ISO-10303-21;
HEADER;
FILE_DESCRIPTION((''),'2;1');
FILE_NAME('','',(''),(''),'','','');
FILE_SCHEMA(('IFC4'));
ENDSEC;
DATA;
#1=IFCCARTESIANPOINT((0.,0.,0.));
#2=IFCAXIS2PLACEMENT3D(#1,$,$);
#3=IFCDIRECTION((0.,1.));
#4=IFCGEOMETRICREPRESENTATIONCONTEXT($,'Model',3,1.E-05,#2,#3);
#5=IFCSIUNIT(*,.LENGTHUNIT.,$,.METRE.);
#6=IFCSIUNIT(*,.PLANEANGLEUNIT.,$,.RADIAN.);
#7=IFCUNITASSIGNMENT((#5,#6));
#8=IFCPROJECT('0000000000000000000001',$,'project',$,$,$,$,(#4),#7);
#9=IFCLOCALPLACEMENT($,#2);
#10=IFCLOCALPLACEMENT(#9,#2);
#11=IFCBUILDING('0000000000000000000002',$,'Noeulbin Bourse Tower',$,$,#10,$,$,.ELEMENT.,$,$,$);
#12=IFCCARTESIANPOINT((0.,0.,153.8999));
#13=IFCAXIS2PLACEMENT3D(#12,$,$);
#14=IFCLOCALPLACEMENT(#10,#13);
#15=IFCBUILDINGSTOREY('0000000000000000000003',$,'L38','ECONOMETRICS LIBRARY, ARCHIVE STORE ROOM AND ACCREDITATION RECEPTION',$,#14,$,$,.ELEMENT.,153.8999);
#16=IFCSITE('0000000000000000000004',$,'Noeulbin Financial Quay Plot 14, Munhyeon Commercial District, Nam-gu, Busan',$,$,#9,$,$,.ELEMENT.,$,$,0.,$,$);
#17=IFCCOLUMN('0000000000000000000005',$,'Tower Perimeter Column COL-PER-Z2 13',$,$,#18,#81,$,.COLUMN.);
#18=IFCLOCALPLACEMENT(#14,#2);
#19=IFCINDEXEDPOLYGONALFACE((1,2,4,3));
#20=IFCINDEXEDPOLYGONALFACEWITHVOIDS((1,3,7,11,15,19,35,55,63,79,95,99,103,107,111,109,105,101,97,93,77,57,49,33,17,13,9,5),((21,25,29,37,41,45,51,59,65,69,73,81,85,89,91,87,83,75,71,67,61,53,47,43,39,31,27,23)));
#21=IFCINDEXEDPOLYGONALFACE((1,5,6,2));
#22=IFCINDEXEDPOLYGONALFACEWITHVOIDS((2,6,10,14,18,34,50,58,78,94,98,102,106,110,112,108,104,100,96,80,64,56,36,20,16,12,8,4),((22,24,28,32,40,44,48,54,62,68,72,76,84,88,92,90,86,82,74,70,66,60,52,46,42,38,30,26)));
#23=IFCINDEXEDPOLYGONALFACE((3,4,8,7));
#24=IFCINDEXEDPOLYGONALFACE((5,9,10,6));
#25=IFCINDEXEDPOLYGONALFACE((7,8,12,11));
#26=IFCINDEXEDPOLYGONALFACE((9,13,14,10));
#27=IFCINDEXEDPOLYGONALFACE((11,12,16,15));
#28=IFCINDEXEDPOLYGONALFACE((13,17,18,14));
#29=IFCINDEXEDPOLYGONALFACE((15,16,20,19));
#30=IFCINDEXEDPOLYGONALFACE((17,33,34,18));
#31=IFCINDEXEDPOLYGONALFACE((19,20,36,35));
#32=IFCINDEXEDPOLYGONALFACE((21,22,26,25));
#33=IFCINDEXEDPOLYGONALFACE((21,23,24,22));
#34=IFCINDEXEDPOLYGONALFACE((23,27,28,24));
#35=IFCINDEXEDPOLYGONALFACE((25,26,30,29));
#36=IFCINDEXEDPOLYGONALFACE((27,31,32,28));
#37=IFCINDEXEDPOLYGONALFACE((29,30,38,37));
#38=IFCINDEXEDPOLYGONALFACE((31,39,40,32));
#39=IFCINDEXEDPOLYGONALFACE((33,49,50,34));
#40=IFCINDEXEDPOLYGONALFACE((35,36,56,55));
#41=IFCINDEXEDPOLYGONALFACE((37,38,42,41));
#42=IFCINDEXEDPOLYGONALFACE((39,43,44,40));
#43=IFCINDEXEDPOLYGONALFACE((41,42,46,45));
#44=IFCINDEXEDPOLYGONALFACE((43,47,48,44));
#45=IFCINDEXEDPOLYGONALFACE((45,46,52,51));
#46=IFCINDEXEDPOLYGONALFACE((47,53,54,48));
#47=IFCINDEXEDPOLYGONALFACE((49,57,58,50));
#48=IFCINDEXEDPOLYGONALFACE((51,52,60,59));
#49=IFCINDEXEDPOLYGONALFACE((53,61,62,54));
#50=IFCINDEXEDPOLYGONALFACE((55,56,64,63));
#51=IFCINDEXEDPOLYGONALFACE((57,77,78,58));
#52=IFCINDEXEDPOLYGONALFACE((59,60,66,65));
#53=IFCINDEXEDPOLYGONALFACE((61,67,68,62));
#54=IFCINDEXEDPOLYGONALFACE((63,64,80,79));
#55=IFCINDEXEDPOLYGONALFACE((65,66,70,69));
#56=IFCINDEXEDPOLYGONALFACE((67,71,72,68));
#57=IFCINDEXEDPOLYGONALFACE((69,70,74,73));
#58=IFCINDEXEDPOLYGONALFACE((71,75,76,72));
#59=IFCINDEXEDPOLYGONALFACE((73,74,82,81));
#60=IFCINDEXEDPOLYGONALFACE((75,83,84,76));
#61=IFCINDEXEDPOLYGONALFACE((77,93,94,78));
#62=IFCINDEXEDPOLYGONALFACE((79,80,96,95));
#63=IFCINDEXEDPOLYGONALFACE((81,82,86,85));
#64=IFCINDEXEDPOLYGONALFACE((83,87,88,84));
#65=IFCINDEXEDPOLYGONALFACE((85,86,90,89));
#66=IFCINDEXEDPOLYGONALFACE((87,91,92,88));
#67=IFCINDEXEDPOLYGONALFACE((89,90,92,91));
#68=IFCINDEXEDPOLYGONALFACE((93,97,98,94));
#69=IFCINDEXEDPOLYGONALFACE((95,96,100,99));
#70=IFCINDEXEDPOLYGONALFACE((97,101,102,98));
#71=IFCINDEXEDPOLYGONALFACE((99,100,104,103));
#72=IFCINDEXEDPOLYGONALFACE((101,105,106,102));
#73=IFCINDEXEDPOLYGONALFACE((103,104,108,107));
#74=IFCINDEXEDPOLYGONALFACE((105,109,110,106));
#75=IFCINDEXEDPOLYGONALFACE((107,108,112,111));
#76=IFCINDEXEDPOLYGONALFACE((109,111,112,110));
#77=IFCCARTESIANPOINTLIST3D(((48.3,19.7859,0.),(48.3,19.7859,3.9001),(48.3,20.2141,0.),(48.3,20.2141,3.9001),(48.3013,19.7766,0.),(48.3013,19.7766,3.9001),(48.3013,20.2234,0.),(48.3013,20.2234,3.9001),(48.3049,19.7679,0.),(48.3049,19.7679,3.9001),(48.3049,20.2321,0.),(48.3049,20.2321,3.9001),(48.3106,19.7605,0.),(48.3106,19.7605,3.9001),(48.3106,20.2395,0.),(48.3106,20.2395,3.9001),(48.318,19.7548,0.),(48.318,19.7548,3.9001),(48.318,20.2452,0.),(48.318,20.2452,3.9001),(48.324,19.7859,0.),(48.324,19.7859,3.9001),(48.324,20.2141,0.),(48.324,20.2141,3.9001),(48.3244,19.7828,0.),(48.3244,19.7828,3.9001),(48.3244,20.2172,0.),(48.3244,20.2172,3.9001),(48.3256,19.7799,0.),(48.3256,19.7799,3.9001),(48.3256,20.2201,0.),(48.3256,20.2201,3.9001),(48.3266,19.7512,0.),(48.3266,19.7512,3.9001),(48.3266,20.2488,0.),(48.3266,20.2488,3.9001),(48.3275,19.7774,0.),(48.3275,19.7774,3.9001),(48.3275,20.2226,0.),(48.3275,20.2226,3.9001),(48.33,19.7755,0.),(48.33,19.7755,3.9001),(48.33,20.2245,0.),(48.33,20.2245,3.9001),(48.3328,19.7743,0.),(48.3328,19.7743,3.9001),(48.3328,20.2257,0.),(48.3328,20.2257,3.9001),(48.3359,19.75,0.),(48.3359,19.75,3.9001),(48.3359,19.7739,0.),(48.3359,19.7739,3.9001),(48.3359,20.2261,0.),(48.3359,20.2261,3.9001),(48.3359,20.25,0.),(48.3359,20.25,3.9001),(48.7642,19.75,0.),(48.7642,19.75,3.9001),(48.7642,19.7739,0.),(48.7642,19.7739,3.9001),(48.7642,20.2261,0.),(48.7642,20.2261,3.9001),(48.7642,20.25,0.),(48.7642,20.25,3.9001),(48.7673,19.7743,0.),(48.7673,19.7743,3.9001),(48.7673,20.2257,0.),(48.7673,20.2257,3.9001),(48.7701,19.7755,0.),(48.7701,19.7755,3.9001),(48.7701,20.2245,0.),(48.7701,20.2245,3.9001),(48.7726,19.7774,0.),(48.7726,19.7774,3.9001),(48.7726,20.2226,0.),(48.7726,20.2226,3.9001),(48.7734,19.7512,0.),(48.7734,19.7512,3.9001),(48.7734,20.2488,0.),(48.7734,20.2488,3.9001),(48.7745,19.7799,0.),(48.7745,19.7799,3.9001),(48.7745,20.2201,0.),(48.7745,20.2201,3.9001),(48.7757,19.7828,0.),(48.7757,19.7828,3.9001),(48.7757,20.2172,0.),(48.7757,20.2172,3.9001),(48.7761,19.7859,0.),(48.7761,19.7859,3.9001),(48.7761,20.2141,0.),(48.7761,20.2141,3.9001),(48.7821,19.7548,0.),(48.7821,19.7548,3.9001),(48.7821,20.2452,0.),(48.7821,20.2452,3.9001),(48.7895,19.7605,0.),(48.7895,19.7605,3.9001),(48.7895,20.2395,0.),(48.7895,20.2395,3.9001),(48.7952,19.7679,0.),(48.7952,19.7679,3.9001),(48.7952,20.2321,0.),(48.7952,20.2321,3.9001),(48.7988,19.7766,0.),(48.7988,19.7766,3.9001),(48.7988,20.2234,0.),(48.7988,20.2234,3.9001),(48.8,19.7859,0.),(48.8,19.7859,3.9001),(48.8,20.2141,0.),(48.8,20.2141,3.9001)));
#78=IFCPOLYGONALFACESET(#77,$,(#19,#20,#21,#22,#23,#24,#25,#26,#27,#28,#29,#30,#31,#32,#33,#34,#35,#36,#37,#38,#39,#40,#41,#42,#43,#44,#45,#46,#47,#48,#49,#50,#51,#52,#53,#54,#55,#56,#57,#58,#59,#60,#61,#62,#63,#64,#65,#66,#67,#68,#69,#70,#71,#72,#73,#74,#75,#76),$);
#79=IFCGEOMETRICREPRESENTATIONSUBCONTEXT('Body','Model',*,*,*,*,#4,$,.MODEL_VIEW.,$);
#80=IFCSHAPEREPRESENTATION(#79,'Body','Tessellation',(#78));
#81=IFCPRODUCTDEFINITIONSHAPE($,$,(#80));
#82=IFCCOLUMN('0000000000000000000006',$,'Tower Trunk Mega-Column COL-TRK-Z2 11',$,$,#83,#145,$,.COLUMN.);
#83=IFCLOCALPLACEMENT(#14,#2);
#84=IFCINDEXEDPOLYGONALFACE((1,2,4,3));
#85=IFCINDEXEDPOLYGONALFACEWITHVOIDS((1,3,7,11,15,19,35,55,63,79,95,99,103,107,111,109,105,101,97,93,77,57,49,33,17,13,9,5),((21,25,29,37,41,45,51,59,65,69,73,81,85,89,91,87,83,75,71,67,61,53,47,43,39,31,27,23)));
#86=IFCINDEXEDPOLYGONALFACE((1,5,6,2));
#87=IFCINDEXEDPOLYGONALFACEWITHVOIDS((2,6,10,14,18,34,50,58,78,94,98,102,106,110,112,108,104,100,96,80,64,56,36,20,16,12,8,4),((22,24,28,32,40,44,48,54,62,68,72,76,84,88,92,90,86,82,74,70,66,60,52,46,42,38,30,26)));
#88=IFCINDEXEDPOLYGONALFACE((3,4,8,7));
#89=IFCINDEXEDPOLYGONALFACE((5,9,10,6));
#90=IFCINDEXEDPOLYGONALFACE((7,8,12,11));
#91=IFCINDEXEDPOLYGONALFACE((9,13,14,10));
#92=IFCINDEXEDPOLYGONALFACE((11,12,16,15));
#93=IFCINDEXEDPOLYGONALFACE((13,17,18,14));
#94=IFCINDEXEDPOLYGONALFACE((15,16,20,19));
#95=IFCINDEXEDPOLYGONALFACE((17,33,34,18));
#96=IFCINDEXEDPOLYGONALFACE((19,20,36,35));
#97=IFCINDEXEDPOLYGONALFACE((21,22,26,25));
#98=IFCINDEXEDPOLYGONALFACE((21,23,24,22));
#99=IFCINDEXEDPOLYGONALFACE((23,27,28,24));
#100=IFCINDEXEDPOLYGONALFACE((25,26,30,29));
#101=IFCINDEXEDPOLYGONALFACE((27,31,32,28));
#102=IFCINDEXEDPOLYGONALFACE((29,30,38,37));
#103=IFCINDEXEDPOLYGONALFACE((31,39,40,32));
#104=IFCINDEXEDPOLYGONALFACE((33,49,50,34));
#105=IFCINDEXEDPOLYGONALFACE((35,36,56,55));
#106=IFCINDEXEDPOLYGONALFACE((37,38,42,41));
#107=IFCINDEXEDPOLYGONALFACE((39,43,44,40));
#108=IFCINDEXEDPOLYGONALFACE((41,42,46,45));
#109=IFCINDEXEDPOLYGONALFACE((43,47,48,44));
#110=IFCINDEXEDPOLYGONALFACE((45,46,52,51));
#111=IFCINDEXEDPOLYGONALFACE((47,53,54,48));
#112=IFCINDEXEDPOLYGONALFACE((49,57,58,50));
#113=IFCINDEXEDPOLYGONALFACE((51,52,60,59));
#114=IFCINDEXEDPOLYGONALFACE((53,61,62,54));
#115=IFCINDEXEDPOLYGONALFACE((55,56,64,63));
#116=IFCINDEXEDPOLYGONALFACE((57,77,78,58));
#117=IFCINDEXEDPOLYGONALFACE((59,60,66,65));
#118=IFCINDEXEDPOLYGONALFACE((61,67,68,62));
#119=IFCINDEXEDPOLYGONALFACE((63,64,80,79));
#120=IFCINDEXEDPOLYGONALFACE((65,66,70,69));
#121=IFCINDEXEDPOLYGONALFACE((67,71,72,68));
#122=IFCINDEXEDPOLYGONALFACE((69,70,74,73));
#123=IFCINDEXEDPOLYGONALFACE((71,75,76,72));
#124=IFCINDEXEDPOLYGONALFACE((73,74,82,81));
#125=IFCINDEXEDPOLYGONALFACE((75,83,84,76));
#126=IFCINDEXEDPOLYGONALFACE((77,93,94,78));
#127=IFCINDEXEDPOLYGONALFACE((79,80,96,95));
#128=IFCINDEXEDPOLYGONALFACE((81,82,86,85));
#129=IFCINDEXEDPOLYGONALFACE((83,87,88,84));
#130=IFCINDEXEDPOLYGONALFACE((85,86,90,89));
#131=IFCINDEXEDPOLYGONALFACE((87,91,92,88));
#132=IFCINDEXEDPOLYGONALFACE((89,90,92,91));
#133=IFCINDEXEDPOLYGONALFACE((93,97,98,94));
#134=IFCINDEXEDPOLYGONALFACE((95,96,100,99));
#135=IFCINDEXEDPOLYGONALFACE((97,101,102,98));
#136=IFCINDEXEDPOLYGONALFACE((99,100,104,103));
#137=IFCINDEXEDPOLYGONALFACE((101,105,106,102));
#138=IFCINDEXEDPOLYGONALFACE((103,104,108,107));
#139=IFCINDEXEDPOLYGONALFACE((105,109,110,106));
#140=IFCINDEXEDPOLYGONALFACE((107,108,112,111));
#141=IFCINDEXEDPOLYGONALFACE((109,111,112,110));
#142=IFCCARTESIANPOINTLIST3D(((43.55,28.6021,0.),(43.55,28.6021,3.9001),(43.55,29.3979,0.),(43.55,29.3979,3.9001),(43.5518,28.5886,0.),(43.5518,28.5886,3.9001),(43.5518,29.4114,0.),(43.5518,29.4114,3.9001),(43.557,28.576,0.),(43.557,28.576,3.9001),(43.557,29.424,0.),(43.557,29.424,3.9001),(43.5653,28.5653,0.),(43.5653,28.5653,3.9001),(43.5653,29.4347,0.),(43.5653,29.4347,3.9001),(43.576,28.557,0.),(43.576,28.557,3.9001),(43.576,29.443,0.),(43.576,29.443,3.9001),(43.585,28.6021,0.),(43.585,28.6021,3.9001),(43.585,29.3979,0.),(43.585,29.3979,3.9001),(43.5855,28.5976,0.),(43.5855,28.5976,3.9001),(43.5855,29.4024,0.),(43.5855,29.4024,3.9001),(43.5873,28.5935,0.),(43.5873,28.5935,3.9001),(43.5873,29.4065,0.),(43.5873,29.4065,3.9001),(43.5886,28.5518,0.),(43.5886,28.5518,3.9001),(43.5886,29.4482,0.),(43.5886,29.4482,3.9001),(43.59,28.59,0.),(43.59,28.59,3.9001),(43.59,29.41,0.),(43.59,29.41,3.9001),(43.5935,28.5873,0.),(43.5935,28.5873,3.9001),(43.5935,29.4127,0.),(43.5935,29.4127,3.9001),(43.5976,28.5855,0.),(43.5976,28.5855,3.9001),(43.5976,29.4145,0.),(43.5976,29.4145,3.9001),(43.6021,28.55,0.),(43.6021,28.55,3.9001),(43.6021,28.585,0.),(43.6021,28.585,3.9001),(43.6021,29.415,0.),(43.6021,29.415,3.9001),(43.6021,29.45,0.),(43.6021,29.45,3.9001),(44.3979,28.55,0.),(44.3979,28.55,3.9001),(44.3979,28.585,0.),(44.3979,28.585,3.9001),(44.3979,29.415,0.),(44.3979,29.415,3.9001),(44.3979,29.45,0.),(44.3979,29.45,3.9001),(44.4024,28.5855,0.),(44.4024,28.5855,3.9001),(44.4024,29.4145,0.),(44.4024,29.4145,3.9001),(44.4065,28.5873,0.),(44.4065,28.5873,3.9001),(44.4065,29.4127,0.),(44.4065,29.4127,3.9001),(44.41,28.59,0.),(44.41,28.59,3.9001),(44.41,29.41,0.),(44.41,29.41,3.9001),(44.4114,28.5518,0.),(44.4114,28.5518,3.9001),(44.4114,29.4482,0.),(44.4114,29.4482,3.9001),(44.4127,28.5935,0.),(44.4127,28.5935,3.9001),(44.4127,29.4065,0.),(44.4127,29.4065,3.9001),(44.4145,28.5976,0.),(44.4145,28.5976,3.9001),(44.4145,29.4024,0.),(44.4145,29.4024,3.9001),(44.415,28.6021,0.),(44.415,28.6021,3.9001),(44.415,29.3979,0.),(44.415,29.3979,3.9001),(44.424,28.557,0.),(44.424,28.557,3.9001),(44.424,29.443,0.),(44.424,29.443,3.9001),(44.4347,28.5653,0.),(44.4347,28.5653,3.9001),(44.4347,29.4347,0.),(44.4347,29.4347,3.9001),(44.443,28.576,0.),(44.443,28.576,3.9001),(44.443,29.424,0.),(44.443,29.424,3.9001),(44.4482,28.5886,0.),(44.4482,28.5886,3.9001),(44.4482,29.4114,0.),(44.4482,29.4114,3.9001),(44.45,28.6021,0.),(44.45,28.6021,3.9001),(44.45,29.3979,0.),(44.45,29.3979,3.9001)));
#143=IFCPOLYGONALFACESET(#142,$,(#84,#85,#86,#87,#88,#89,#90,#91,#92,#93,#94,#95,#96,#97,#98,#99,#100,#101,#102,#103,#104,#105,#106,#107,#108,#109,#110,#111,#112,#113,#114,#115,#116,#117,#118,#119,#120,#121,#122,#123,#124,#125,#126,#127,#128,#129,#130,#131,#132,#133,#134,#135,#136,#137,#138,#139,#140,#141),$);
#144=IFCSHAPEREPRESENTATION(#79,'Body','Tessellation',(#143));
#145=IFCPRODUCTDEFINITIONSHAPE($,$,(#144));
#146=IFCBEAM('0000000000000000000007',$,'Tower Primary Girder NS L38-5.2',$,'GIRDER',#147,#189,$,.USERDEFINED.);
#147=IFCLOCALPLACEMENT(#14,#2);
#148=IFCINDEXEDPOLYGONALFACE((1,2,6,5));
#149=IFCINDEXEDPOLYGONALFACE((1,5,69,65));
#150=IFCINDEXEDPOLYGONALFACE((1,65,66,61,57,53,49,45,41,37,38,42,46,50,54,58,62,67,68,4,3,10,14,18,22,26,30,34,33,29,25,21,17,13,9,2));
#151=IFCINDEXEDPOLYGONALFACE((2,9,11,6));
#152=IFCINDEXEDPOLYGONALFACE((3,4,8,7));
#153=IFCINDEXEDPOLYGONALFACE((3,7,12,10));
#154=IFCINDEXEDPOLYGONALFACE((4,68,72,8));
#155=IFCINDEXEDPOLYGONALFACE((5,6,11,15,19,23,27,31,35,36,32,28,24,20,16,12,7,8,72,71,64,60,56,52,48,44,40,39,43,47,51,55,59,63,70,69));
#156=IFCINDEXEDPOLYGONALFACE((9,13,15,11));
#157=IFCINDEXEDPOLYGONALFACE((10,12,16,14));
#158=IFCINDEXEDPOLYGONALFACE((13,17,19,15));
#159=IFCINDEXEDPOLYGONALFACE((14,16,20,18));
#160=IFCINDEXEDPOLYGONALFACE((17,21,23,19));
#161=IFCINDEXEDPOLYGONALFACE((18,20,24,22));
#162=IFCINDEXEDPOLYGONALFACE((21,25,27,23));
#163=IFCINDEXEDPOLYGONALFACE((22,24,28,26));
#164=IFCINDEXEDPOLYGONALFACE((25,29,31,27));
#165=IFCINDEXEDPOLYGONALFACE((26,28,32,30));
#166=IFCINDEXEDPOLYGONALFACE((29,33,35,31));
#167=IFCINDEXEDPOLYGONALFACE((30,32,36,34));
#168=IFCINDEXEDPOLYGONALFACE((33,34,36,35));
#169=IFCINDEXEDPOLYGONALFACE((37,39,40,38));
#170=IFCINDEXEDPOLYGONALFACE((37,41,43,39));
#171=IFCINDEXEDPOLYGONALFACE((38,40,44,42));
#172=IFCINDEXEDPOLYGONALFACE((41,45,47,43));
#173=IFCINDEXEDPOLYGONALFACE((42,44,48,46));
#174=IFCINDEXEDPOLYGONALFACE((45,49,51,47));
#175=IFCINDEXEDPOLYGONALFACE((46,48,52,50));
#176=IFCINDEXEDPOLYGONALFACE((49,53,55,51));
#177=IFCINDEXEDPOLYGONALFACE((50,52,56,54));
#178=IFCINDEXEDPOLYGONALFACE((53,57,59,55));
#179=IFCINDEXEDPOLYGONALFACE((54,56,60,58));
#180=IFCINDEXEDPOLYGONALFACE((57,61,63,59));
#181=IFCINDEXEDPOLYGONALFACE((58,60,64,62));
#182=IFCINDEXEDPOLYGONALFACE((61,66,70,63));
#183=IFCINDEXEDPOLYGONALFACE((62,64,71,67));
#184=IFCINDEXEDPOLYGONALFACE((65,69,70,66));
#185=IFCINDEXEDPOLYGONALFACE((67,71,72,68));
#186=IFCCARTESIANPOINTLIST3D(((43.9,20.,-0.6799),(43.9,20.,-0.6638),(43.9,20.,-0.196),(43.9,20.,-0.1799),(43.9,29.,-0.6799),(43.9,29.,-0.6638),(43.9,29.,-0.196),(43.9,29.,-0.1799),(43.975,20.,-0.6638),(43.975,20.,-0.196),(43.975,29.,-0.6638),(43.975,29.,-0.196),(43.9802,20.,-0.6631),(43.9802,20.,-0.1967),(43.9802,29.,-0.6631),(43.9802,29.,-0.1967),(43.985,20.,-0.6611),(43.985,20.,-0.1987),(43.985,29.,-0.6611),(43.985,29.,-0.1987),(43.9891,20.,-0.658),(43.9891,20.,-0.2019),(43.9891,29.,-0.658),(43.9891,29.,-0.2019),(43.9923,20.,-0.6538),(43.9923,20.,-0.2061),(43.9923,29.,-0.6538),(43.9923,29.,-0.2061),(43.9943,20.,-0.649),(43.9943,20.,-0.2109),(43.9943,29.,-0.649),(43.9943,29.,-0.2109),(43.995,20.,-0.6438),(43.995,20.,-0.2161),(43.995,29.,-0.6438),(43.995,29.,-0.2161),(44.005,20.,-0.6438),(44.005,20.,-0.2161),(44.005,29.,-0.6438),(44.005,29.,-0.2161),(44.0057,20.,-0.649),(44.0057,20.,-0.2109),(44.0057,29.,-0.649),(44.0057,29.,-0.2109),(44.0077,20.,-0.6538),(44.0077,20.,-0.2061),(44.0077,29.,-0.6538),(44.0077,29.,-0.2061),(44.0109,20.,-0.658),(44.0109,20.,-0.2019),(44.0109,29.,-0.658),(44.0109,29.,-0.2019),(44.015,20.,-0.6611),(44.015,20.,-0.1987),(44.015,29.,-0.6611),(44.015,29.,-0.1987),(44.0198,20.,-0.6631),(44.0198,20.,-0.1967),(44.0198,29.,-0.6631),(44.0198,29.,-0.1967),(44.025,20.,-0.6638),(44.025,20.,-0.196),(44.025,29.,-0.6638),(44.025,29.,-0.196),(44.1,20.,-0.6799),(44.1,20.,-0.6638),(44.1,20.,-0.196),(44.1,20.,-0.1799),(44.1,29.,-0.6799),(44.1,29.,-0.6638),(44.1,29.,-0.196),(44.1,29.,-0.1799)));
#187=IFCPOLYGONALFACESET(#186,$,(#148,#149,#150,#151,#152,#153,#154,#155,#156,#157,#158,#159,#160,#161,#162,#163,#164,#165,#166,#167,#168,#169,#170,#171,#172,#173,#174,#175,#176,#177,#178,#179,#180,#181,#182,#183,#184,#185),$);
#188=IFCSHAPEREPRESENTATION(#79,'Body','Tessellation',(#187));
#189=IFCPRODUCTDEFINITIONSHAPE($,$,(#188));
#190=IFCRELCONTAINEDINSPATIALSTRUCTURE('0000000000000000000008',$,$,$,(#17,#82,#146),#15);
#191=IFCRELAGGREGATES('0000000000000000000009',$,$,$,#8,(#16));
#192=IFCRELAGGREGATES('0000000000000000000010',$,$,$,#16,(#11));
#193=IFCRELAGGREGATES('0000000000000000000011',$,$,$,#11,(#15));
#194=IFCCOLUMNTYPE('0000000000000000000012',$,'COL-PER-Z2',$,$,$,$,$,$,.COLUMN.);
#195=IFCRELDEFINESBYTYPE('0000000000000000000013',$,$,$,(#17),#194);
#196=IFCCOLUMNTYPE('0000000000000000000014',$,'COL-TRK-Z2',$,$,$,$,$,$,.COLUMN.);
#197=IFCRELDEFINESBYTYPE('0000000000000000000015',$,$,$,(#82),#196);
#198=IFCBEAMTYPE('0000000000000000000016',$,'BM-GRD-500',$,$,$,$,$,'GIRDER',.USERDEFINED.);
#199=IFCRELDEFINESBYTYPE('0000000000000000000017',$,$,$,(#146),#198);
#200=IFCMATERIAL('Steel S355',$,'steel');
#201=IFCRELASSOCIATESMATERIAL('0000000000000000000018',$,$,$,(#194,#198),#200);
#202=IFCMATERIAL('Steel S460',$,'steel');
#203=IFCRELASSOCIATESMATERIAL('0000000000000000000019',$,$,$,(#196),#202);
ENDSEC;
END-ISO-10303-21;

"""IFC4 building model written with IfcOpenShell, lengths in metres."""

from ifc_helpers import new_model, si_unit, direction, frame, origin, origin_2d, place, context, subcontext, project, spatial, hollow_rectangle, i_section, extrude, material, material_profile, profile_set, type_object, element, save


model = new_model("IFC4")

# Units and contexts
model_context = context("Model", 3, precision=1e-05, world=origin(), true_north=direction((0.0, 1.0)))
body_context = subcontext(model_context, "Body", "Model", "MODEL_VIEW")
ifc_project = project(units=[si_unit("LENGTHUNIT", "METRE"), si_unit("PLANEANGLEUNIT", "RADIAN")], contexts=[model_context])

# Site, building, storey
site_placement = place(None, origin())
site = spatial("IfcSite", under=ifc_project, at=site_placement, Name="Noeulbin Financial Quay Plot 14, Munhyeon Commercial District, Nam-gu, Busan", CompositionType="ELEMENT", RefElevation=0.0)
building_placement = place(site_placement, origin())
building = spatial("IfcBuilding", under=site, at=building_placement, Name="Noeulbin Bourse Tower", CompositionType="ELEMENT")
storey_placement = place(building_placement, frame((0.0, 0.0, 153.8999)))
storey = spatial("IfcBuildingStorey", under=building, at=storey_placement, Name="L38", Description="ECONOMETRICS LIBRARY, ARCHIVE STORE ROOM AND ACCREDITATION RECEPTION", CompositionType="ELEMENT", Elevation=153.8999)

# Columns
ifc_material_1 = material(Name="Steel S355", Category="steel")
ifc_material_profile_1 = material_profile(ifc_material_1, hollow_rectangle(XDim=0.5, YDim=0.5, WallThickness=0.0239, InnerFilletRadius=0.012, OuterFilletRadius=0.0359, at=origin_2d()), Name="BOX-500x500x24", Category="LoadBearing")
ifc_profile_set_1 = profile_set([ifc_material_profile_1], Name="Steel S355")
column_type_1 = type_object("IfcColumnType", Name="COL-PER-Z2", PredefinedType="COLUMN", material=ifc_profile_set_1)
column_1_placement = place(storey_placement, frame((48.55, 20.0, 0.0), z_axis=(0.0, 0.0, 1.0), x_axis=(1.0, 0.0, 0.0)))
element("IfcColumn", 1, at=column_1_placement, inside=storey, type_object=column_type_1, Name="Tower Perimeter Column COL-PER-Z2 13", PredefinedType="COLUMN", context=body_context, shape_type="SweptSolid", body=[
    extrude(hollow_rectangle(XDim=0.5, YDim=0.5, WallThickness=0.0239, InnerFilletRadius=0.012, OuterFilletRadius=0.0359, at=origin_2d()), origin(), (0.0, 0.0, 1.0), 3.9001),
])
ifc_material_2 = material(Name="Steel S460", Category="steel")
ifc_material_profile_2 = material_profile(ifc_material_2, hollow_rectangle(XDim=0.8999, YDim=0.8999, WallThickness=0.0349, InnerFilletRadius=0.0171, OuterFilletRadius=0.052, at=origin_2d()), Name="BOX-900x900x35", Category="LoadBearing")
ifc_profile_set_2 = profile_set([ifc_material_profile_2], Name="Steel S460")
column_type_2 = type_object("IfcColumnType", Name="COL-TRK-Z2", PredefinedType="COLUMN", material=ifc_profile_set_2)
column_2_placement = place(storey_placement, frame((44.0, 29.0, 0.0), z_axis=(0.0, 0.0, 1.0), x_axis=(1.0, 0.0, 0.0)))
element("IfcColumn", 2, at=column_2_placement, inside=storey, type_object=column_type_2, Name="Tower Trunk Mega-Column COL-TRK-Z2 11", PredefinedType="COLUMN", context=body_context, shape_type="SweptSolid", body=[
    extrude(hollow_rectangle(XDim=0.8999, YDim=0.8999, WallThickness=0.0349, InnerFilletRadius=0.0171, OuterFilletRadius=0.052, at=origin_2d()), origin(), (0.0, 0.0, 1.0), 3.9001),
])

# Beam
ifc_material_profile_3 = material_profile(ifc_material_1, i_section(OverallWidth=0.2, OverallDepth=0.5, WebThickness=0.01, FlangeThickness=0.0161, FilletRadius=0.02, at=origin_2d()), Name="H-500x200x10x16", Category="LoadBearing")
ifc_profile_set_3 = profile_set([ifc_material_profile_3], Name="Steel S355")
beam_type_1 = type_object("IfcBeamType", Name="BM-GRD-500", ElementType="GIRDER", PredefinedType="USERDEFINED", material=ifc_profile_set_3)
beam_1_placement = place(storey_placement, frame((44.0, 20.0, -0.4299), z_axis=(0.0, 1.0, 0.0), x_axis=(-1.0, 0.0, 0.0)))
element("IfcBeam", 3, at=beam_1_placement, inside=storey, type_object=beam_type_1, Name="Tower Primary Girder NS L38-5.2", ObjectType="GIRDER", PredefinedType="USERDEFINED", context=body_context, shape_type="SweptSolid", body=[
    extrude(i_section(OverallWidth=0.2, OverallDepth=0.5, WebThickness=0.01, FlangeThickness=0.0161, FilletRadius=0.02, at=origin_2d()), origin(), (0.0, 0.0, 1.0), 9.0),
])

save(model, "model.ifc")
